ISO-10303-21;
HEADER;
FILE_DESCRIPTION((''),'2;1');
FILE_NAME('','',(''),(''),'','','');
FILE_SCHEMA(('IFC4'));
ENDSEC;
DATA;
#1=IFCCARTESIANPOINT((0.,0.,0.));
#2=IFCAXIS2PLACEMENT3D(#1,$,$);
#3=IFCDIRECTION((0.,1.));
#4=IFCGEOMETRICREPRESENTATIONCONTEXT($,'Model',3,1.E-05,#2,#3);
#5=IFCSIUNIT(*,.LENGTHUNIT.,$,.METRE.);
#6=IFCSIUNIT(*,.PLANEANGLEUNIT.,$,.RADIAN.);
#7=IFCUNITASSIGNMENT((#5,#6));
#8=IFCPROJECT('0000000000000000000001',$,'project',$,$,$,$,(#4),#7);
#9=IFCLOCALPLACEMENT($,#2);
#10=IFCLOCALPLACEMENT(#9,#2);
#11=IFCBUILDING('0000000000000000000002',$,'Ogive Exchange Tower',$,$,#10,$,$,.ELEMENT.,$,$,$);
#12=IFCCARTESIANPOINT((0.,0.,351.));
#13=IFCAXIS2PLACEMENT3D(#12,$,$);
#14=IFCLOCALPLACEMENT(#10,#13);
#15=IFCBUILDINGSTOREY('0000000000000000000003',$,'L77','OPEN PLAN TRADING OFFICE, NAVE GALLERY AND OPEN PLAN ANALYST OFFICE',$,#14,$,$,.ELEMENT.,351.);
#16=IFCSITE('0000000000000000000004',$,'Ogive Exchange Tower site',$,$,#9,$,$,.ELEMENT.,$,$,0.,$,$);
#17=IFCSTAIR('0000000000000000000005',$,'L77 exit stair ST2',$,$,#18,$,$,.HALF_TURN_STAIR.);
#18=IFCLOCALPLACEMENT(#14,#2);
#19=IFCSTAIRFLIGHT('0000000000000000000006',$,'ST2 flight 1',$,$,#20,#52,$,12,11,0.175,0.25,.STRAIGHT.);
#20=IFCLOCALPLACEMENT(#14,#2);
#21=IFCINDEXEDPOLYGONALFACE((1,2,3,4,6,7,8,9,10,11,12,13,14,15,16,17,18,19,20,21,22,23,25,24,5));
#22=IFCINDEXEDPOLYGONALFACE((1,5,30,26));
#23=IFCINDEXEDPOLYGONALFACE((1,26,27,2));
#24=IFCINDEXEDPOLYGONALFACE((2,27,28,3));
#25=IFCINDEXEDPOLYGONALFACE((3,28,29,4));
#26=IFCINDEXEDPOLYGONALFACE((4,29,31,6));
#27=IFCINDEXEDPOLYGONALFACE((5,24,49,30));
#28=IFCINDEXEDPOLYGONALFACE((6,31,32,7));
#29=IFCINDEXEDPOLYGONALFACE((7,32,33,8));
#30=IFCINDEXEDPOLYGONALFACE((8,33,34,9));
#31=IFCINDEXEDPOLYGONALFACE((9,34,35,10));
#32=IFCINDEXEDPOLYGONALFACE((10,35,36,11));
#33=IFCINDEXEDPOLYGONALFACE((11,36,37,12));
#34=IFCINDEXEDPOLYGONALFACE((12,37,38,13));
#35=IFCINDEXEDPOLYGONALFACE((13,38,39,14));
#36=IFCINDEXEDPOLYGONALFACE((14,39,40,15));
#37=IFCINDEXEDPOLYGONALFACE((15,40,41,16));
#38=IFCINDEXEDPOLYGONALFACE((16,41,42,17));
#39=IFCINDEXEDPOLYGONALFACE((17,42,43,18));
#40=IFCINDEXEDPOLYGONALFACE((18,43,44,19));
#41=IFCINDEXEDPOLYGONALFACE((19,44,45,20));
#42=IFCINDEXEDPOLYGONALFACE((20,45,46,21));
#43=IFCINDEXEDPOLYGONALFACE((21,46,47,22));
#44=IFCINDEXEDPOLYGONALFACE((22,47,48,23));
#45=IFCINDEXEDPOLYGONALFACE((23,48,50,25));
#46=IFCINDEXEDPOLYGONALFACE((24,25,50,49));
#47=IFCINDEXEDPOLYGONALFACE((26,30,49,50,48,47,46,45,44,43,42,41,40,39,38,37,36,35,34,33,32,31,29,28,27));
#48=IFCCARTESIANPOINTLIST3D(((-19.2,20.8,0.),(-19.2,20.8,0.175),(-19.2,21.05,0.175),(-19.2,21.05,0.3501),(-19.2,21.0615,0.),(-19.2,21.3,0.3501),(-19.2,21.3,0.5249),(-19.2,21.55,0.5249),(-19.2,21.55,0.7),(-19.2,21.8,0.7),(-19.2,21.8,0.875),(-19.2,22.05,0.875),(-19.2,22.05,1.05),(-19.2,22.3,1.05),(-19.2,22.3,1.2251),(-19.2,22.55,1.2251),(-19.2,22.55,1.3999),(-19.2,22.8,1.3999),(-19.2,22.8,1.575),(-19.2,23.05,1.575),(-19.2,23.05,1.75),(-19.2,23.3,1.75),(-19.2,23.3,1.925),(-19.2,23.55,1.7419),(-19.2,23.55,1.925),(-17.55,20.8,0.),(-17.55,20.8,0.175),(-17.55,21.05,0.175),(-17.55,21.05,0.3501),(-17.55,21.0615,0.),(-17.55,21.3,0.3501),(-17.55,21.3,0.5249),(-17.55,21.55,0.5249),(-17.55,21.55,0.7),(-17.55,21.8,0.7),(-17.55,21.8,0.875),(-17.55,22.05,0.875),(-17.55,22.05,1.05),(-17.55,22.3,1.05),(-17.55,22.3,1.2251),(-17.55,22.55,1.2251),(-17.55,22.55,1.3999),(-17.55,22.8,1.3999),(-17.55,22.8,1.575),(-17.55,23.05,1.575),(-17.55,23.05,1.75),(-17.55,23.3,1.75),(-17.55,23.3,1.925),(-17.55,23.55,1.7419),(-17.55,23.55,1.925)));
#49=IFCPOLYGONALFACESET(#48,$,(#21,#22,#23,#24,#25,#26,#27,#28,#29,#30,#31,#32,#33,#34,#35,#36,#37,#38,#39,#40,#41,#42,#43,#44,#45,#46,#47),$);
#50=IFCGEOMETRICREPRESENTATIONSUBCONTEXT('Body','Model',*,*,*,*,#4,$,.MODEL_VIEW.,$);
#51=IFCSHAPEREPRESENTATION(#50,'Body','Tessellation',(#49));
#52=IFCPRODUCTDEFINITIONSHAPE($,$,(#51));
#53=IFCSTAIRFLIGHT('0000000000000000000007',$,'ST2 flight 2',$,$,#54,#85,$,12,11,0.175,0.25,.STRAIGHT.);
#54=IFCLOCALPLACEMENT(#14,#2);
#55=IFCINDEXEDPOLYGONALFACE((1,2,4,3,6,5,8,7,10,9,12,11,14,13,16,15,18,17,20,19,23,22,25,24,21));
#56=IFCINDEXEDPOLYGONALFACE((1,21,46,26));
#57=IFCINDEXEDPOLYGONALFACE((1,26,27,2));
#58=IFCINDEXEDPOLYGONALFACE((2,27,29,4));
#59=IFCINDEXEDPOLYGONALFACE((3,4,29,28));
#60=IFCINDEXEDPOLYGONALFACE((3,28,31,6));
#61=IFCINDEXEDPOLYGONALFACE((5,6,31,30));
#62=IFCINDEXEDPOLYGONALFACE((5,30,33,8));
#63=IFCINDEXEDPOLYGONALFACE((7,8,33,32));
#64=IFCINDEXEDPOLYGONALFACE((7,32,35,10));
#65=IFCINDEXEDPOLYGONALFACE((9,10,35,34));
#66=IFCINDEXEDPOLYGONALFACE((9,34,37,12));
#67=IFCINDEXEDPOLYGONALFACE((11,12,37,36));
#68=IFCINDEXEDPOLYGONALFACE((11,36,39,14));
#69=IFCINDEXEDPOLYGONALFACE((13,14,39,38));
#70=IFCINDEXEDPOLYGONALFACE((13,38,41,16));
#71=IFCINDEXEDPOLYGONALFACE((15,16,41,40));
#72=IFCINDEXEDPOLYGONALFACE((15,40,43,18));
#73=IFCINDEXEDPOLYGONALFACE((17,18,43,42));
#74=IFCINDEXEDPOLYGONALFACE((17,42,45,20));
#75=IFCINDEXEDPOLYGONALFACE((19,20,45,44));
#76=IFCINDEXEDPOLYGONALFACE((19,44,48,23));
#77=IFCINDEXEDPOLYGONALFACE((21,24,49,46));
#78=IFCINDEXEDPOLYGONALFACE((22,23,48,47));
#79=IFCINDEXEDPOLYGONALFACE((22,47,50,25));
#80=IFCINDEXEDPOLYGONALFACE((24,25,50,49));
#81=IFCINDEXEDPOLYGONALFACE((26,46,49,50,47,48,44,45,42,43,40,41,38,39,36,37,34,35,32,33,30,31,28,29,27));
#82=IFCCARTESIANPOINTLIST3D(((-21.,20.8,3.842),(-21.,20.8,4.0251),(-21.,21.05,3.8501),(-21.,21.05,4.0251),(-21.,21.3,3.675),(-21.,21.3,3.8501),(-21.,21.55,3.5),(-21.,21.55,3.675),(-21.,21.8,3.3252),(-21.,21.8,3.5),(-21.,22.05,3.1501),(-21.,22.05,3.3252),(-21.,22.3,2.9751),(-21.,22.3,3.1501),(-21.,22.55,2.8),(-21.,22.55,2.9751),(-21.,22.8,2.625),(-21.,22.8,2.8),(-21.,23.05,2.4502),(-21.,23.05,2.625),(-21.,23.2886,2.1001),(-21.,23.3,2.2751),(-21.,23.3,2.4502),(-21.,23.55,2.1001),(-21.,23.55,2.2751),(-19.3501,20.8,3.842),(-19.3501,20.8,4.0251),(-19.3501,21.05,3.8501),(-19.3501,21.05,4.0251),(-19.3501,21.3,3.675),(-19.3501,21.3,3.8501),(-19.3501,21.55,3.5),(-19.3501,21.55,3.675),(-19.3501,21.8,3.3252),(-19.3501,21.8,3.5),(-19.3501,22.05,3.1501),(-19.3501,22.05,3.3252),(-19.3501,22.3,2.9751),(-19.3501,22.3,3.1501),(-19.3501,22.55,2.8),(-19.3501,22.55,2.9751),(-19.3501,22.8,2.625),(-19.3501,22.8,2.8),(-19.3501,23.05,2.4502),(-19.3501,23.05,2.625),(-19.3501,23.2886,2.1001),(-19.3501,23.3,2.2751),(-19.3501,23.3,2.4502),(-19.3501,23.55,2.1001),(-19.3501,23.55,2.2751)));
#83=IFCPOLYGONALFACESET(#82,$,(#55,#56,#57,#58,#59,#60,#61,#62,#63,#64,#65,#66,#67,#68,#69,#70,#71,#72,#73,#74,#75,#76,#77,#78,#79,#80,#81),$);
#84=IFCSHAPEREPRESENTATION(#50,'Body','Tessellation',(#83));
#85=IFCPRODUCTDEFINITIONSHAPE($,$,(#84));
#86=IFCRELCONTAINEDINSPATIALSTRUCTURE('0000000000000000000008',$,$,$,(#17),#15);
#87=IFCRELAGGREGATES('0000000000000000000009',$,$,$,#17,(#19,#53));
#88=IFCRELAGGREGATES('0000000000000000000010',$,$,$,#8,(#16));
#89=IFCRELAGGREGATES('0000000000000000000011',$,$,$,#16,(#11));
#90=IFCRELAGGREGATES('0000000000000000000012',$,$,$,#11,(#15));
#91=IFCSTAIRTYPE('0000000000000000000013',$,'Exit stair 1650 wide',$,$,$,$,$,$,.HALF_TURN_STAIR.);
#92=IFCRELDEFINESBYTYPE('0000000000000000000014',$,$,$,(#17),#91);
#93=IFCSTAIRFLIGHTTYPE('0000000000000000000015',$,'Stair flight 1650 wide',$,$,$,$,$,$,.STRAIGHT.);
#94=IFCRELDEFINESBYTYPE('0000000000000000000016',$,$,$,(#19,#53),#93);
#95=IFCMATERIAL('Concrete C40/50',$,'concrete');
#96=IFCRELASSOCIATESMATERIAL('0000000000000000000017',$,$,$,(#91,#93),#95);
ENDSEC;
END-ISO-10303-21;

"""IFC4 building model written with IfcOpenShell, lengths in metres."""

from ifc_helpers import new_model, si_unit, direction, frame, origin, place, context, subcontext, project, spatial, polyline, outline, extrude, material, type_object, element, aggregate, save


model = new_model("IFC4")

# Units and contexts
model_context = context("Model", 3, precision=1e-05, world=origin(), true_north=direction((0.0, 1.0)))
body_context = subcontext(model_context, "Body", "Model", "MODEL_VIEW")
ifc_project = project(units=[si_unit("LENGTHUNIT", "METRE"), si_unit("PLANEANGLEUNIT", "RADIAN")], contexts=[model_context])

# Site, building, storey
site_placement = place(None, origin())
site = spatial("IfcSite", under=ifc_project, at=site_placement, Name="Ogive Exchange Tower site", CompositionType="ELEMENT", RefElevation=0.0)
building_placement = place(site_placement, origin())
building = spatial("IfcBuilding", under=site, at=building_placement, Name="Ogive Exchange Tower", CompositionType="ELEMENT")
storey_placement = place(building_placement, frame((0.0, 0.0, 351.0)))
storey = spatial("IfcBuildingStorey", under=building, at=storey_placement, Name="L77", Description="OPEN PLAN TRADING OFFICE, NAVE GALLERY AND OPEN PLAN ANALYST OFFICE", CompositionType="ELEMENT", Elevation=351.0)

# Stair, stair flights
ifc_material_1 = material(Name="Concrete C40/50", Category="concrete")
stair_type = type_object("IfcStairType", Name="Exit stair 1650 wide", PredefinedType="HALF_TURN_STAIR", material=ifc_material_1)
stair_placement = place(storey_placement, origin())
stair = element("IfcStair", 1, at=stair_placement, inside=storey, type_object=stair_type, Name="L77 exit stair ST2", PredefinedType="HALF_TURN_STAIR")
stair_flight_type = type_object("IfcStairFlightType", Name="Stair flight 1650 wide", PredefinedType="STRAIGHT", material=ifc_material_1)
stair_flight_1_placement = place(storey_placement, frame((-18.375, 20.8, 0.0), z_axis=(0.0, 0.0, 1.0), x_axis=(0.0, 1.0, 0.0)))
stair_flight_1 = element("IfcStairFlight", 2, at=stair_flight_1_placement, type_object=stair_flight_type, Name="ST2 flight 1", NumberOfRisers=12, NumberOfTreads=11, PredefinedType="STRAIGHT", RiserHeight=0.175, TreadLength=0.25, context=body_context, shape_type="SweptSolid", body=[
    extrude(outline(polyline([(0.0, 0.0), (0.0, 0.175), (0.25, 0.175), (0.25, 0.3501), (0.5, 0.3501), (0.5, 0.5249), (0.75, 0.5249), (0.75, 0.7), (1.0, 0.7), (1.0, 0.875), (1.25, 0.875), (1.25, 1.05), (1.5, 1.05), (1.5, 1.2251), (1.75, 1.2251), (1.75, 1.3999), (2.0, 1.3999), (2.0, 1.575), (2.25, 1.575), (2.25, 1.75), (2.5, 1.75), (2.5, 1.925), (2.75, 1.925), (2.75, 2.1001), (2.75, 1.7419), (0.2615, 0.0), (0.0, 0.0)])), frame((0.0, 0.825, 0.0), z_axis=(0.0, -1.0, 0.0), x_axis=(1.0, 0.0, 0.0)), (0.0, 0.0, 1.0), 1.6499),
])
stair_flight_2_placement = place(storey_placement, frame((-20.175, 23.55, 2.1001), z_axis=(0.0, 0.0, 1.0), x_axis=(0.0, -1.0, 0.0)))
stair_flight_2 = element("IfcStairFlight", 3, at=stair_flight_2_placement, type_object=stair_flight_type, Name="ST2 flight 2", NumberOfRisers=12, NumberOfTreads=11, PredefinedType="STRAIGHT", RiserHeight=0.175, TreadLength=0.25, context=body_context, shape_type="SweptSolid", body=[
    extrude(outline(polyline([(0.0, 0.0), (0.0, 0.175), (0.25, 0.175), (0.25, 0.3501), (0.5, 0.3501), (0.5, 0.5249), (0.75, 0.5249), (0.75, 0.7), (1.0, 0.7), (1.0, 0.875), (1.25, 0.875), (1.25, 1.05), (1.5, 1.05), (1.5, 1.2251), (1.75, 1.2251), (1.75, 1.3999), (2.0, 1.3999), (2.0, 1.575), (2.25, 1.575), (2.25, 1.75), (2.5, 1.75), (2.5, 1.925), (2.75, 1.925), (2.75, 2.1001), (2.75, 1.7419), (0.2615, 0.0), (0.0, 0.0)])), frame((0.0, 0.825, 0.0), z_axis=(0.0, -1.0, 0.0), x_axis=(1.0, 0.0, 0.0)), (0.0, 0.0, 1.0), 1.6499),
])
aggregate(stair, [stair_flight_1, stair_flight_2])

save(model, "model.ifc")
